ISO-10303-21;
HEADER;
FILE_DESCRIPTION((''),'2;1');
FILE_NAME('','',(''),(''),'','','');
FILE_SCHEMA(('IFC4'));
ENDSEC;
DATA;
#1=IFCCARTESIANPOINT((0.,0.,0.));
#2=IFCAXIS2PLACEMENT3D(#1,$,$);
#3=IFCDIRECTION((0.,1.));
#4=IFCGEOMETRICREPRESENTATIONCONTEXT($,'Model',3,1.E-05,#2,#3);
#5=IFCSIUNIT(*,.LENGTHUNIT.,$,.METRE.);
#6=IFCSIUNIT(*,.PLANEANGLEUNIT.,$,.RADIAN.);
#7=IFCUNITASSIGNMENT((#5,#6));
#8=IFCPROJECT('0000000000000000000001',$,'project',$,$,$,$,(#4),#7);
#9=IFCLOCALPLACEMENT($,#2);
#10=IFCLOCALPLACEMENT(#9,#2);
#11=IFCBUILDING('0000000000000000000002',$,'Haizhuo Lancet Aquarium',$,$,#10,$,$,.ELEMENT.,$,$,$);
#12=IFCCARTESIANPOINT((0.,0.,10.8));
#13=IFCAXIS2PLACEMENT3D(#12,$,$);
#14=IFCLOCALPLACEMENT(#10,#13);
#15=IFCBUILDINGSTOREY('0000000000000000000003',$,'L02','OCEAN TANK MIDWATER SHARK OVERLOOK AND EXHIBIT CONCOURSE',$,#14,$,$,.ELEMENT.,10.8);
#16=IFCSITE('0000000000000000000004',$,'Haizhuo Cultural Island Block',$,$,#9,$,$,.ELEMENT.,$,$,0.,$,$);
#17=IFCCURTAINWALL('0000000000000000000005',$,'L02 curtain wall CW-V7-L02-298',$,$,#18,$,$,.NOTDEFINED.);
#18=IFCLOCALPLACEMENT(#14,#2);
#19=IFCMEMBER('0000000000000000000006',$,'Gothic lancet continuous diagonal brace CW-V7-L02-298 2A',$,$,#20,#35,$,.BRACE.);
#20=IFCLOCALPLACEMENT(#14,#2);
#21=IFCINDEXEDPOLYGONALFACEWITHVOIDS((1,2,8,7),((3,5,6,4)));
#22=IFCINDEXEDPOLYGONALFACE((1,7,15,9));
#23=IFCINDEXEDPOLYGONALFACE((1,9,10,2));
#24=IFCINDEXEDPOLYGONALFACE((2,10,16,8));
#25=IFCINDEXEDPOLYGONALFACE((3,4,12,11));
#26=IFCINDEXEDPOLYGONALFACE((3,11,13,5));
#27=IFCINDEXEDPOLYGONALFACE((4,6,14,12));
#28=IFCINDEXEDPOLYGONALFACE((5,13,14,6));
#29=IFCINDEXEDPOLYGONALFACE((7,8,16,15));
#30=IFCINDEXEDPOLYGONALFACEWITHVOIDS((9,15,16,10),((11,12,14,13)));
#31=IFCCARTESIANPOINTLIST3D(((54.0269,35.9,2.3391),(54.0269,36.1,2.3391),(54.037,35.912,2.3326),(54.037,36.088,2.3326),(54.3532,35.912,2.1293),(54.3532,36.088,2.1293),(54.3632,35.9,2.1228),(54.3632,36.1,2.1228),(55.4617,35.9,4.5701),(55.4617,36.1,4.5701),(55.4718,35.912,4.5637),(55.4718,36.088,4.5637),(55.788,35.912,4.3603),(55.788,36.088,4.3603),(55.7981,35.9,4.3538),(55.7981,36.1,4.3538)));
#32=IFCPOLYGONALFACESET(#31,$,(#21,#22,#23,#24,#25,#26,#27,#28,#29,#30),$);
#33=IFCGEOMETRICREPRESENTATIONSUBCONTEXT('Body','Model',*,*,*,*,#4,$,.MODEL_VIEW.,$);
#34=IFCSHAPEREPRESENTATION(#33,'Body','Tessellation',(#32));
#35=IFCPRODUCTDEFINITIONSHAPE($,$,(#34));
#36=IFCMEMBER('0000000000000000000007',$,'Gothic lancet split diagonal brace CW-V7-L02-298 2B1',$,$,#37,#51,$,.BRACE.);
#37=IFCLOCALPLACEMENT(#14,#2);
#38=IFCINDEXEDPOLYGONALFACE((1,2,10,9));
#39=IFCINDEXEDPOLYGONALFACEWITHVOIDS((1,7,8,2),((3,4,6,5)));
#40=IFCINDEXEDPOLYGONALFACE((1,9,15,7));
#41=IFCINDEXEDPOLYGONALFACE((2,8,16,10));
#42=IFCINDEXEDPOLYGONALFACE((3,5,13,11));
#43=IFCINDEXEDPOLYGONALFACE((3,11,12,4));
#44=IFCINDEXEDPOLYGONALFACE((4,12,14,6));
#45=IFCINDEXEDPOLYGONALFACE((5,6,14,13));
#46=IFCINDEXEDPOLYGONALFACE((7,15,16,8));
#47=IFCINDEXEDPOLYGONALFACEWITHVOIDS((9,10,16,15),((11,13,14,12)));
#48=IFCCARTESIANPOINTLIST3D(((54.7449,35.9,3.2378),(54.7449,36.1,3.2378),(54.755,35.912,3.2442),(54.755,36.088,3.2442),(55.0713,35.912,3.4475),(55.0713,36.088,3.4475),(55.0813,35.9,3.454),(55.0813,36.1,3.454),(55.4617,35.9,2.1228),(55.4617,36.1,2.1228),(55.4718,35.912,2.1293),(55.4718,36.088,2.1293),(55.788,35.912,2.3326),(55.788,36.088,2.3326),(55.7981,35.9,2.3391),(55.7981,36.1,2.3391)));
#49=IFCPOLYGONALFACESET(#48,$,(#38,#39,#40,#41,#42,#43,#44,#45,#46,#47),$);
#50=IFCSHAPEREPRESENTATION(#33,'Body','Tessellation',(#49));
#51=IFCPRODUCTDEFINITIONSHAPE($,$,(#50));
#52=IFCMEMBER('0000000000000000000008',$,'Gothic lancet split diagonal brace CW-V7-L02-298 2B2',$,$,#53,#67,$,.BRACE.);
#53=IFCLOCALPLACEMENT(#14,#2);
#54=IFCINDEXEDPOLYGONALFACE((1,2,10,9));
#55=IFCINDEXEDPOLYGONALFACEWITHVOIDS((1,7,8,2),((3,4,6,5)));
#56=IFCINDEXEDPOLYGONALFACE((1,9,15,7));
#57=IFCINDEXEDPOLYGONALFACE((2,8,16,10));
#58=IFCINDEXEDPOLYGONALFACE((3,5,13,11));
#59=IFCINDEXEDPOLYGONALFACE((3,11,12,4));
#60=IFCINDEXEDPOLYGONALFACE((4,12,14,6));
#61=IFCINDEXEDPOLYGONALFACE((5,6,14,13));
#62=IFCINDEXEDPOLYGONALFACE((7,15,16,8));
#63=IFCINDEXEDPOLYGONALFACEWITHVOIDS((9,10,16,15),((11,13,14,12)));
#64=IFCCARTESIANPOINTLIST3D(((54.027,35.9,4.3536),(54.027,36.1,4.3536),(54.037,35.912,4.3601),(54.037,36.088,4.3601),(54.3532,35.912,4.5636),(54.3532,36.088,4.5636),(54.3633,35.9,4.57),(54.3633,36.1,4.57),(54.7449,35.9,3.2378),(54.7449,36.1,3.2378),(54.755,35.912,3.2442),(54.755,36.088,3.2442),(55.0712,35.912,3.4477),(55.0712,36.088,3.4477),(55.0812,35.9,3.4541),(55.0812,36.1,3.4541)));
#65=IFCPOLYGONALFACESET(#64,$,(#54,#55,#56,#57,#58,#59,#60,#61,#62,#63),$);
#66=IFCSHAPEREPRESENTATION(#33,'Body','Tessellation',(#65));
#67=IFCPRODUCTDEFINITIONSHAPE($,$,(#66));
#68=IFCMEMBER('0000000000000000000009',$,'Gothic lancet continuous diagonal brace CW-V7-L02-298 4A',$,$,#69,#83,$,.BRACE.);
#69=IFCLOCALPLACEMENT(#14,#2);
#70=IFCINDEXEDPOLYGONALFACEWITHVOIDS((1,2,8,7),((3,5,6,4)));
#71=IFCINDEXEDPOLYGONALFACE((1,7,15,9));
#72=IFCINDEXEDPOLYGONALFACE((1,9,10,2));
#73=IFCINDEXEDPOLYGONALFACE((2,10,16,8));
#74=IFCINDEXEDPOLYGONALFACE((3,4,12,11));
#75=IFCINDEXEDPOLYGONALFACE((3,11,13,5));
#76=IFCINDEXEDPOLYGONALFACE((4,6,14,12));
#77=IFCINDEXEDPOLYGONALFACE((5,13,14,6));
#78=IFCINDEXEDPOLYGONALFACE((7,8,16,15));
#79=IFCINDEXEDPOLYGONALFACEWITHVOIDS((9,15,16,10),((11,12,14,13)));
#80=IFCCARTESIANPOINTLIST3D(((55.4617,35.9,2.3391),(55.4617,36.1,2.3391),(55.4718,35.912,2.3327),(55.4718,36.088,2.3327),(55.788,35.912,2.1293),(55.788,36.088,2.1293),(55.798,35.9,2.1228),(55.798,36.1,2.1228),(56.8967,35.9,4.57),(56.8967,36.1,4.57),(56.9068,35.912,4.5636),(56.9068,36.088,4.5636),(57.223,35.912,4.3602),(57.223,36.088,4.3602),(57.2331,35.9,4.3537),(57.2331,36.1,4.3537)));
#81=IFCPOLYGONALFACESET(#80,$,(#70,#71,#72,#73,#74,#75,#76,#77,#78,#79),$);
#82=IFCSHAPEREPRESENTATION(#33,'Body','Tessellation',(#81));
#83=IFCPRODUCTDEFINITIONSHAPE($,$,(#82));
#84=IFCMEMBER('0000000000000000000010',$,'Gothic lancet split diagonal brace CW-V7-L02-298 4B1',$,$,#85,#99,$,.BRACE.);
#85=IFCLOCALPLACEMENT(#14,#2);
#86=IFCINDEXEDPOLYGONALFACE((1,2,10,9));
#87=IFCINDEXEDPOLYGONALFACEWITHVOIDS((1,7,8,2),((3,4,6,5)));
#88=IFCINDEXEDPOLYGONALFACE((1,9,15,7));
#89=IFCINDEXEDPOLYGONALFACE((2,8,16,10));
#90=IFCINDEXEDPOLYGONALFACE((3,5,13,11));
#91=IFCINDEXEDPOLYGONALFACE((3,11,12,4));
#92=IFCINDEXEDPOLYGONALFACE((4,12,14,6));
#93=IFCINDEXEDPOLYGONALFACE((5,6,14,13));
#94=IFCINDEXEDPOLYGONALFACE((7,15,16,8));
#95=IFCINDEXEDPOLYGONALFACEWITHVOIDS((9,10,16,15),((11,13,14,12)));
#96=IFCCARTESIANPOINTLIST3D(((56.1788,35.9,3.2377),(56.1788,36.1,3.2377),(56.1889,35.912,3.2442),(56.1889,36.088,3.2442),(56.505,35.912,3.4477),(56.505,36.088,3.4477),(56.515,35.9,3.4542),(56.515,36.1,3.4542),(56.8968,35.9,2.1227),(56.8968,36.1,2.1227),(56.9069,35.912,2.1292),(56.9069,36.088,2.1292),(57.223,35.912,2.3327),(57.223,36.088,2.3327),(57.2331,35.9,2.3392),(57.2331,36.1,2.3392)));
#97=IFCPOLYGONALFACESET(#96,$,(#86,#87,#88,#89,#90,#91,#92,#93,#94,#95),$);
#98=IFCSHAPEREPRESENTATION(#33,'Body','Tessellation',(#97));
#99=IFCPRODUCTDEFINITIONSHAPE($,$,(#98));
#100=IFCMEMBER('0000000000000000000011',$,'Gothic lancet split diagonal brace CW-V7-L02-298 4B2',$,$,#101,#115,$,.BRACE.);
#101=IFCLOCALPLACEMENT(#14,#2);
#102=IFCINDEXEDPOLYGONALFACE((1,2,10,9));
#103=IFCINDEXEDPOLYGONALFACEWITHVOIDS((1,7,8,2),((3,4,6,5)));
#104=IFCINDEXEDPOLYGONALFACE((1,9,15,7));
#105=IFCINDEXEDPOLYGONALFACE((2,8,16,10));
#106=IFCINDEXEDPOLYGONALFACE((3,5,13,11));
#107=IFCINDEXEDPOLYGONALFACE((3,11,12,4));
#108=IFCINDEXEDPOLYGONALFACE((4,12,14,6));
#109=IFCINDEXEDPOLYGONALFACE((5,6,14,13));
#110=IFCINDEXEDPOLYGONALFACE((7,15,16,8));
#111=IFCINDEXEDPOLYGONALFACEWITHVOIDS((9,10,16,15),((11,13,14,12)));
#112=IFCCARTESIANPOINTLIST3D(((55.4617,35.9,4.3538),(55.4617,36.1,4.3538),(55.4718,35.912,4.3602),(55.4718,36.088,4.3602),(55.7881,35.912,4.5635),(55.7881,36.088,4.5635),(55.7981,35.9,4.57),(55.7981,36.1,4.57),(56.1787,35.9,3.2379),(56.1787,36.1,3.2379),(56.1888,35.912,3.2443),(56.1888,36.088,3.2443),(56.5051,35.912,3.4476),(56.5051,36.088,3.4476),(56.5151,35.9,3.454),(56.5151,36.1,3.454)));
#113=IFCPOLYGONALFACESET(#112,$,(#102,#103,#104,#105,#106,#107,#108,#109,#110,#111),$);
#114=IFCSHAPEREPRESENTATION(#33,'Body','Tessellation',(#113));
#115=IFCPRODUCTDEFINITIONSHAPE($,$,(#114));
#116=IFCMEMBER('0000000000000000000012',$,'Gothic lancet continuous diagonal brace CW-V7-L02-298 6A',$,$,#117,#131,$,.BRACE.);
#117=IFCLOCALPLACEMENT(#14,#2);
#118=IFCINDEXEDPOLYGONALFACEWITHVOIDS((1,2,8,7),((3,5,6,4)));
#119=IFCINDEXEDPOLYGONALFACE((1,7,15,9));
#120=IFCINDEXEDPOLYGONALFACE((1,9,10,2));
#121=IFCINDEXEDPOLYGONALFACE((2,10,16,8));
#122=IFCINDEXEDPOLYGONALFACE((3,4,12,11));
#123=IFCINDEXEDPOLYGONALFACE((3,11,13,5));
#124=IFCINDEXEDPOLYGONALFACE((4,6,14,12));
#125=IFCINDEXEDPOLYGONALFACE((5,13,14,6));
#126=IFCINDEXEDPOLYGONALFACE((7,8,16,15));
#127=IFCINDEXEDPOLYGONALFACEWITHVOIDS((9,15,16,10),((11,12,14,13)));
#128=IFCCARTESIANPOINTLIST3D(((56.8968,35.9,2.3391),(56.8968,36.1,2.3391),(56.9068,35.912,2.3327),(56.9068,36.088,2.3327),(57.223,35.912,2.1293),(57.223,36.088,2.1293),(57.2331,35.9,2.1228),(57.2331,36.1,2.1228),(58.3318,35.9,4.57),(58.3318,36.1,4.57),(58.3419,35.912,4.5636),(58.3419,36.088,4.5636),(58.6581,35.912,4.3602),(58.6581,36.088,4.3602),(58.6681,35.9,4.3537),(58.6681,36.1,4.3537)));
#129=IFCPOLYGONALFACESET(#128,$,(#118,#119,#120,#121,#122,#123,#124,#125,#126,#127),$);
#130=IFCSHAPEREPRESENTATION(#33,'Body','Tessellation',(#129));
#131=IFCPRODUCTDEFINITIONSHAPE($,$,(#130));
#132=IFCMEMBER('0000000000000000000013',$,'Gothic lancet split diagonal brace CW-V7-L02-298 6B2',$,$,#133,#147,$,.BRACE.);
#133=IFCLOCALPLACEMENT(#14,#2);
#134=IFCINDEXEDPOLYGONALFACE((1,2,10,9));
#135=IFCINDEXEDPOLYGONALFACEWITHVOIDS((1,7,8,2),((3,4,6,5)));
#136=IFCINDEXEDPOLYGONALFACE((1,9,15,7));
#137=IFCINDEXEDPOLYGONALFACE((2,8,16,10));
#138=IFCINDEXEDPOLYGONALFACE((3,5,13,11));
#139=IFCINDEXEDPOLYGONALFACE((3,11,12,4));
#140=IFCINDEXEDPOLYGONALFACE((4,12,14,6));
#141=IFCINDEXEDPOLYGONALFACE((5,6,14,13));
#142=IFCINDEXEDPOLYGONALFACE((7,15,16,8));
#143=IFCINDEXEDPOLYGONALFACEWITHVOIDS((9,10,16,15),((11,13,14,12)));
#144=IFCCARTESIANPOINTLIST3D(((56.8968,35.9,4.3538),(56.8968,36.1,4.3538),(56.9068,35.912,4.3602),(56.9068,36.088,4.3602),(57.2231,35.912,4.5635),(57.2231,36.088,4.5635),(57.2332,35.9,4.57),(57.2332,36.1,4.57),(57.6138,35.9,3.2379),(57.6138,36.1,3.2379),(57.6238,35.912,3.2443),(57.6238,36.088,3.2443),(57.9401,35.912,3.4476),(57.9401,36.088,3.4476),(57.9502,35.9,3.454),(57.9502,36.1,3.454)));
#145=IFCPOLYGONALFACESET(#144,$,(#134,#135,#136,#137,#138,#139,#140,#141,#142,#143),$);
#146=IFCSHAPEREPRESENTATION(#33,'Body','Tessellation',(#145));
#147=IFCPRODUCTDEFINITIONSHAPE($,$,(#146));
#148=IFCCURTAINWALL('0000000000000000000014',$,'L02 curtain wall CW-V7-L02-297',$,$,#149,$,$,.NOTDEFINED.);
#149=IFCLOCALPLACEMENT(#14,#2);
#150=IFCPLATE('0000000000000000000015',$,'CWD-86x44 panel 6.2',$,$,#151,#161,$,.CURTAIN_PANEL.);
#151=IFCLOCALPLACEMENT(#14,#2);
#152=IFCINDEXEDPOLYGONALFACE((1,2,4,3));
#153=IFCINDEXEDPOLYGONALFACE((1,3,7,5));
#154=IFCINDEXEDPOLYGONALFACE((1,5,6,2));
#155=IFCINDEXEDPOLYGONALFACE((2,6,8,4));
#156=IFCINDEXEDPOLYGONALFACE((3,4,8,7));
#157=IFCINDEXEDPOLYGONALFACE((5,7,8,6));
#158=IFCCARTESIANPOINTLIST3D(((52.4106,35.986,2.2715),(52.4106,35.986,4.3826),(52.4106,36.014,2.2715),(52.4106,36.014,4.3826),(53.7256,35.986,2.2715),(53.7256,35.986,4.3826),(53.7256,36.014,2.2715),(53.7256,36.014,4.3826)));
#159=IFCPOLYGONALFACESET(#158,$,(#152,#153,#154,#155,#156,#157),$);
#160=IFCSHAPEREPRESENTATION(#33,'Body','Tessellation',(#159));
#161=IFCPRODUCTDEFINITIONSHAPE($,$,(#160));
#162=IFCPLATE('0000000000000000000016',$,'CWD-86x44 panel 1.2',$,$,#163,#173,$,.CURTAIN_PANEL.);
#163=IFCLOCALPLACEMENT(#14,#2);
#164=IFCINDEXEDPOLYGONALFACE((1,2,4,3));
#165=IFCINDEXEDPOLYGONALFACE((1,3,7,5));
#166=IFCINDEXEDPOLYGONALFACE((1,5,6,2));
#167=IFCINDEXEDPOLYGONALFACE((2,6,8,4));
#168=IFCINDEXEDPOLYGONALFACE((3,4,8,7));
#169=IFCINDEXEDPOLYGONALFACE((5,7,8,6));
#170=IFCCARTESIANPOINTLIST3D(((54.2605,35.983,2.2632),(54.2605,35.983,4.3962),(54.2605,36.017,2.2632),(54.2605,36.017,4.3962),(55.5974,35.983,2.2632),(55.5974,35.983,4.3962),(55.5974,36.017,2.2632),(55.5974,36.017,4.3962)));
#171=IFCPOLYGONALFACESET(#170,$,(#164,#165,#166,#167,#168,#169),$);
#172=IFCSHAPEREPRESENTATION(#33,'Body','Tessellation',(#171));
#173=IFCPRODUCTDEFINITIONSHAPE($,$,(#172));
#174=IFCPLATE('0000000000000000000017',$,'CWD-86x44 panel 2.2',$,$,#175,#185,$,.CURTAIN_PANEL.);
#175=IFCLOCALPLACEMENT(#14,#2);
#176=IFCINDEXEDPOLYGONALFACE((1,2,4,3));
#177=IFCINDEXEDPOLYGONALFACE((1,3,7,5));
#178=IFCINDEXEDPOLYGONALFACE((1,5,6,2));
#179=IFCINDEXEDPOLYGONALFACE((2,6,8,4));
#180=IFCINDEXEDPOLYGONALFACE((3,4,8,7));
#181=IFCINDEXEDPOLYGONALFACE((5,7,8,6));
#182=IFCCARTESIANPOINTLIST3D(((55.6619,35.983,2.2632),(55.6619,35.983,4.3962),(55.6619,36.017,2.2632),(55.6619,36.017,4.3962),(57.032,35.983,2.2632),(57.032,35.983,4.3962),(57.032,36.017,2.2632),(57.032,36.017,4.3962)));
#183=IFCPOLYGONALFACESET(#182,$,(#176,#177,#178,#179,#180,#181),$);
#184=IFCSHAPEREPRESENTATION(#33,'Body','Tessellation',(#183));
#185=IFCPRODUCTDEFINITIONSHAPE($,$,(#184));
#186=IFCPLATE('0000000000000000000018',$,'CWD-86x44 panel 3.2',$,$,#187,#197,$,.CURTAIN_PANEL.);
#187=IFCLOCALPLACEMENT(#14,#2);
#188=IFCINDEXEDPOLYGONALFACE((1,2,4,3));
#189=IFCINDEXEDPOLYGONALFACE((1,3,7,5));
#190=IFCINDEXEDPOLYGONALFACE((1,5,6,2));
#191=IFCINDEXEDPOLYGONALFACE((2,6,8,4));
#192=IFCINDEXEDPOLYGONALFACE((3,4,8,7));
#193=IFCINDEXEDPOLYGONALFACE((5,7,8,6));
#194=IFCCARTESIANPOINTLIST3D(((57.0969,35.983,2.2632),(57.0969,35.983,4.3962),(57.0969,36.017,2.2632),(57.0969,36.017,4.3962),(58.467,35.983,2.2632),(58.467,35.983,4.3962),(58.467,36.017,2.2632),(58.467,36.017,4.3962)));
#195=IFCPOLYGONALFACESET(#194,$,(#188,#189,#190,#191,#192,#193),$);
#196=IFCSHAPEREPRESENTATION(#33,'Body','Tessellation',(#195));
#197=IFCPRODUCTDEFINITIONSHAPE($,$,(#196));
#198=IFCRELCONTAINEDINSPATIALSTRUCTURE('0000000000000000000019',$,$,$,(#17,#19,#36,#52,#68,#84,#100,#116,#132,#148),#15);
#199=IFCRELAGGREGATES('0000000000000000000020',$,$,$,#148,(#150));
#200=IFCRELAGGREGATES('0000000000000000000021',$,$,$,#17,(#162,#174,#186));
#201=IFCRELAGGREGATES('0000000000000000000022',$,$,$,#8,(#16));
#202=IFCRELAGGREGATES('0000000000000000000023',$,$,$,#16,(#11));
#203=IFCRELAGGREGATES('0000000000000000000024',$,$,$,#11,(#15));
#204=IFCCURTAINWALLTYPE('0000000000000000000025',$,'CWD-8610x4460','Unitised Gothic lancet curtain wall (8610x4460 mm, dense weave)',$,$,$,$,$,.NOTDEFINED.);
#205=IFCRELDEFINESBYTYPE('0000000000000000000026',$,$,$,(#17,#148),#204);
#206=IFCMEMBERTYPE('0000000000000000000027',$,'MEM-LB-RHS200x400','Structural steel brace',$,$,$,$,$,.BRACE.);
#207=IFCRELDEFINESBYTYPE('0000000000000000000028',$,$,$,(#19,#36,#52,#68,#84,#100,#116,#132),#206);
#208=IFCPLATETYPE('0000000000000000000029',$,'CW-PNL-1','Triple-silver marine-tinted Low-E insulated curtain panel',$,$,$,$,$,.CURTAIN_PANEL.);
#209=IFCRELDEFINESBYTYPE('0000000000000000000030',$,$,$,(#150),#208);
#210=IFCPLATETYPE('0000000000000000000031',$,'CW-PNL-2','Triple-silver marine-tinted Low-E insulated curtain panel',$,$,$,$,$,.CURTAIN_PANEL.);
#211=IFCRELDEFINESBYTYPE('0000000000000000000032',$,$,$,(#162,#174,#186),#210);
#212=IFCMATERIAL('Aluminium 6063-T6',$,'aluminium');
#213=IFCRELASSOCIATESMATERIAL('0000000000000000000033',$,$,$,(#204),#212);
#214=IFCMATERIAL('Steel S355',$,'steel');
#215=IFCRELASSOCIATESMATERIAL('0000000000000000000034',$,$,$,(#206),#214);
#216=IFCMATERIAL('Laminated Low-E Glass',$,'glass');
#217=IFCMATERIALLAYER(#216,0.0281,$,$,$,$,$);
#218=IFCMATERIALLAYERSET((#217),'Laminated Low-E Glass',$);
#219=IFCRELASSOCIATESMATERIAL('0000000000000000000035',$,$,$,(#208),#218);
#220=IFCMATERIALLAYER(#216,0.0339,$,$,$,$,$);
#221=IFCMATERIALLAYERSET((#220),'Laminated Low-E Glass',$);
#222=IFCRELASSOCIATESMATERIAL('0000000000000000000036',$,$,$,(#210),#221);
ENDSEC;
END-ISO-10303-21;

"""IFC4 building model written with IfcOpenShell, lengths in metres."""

from ifc_helpers import new_model, si_unit, direction, frame, origin, origin_2d, place, context, subcontext, project, spatial, rectangle, hollow_rectangle, extrude, material, layer, layer_set, material_profile, profile_set, type_object, element, aggregate, save


model = new_model("IFC4")

# Units and contexts
model_context = context("Model", 3, precision=1e-05, world=origin(), true_north=direction((0.0, 1.0)))
body_context = subcontext(model_context, "Body", "Model", "MODEL_VIEW")
ifc_project = project(units=[si_unit("LENGTHUNIT", "METRE"), si_unit("PLANEANGLEUNIT", "RADIAN")], contexts=[model_context])

# Site, building, storey
site_placement = place(None, origin())
site = spatial("IfcSite", under=ifc_project, at=site_placement, Name="Haizhuo Cultural Island Block", CompositionType="ELEMENT", RefElevation=0.0)
building_placement = place(site_placement, origin())
building = spatial("IfcBuilding", under=site, at=building_placement, Name="Haizhuo Lancet Aquarium", CompositionType="ELEMENT")
storey_placement = place(building_placement, frame((0.0, 0.0, 10.8)))
storey = spatial("IfcBuildingStorey", under=building, at=storey_placement, Name="L02", Description="OCEAN TANK MIDWATER SHARK OVERLOOK AND EXHIBIT CONCOURSE", CompositionType="ELEMENT", Elevation=10.8)

# Shared definitions
ifc_material_1 = material(Name="Steel S355", Category="steel")

# Curtain wall
ifc_material_2 = material(Name="Aluminium 6063-T6", Category="aluminium")
curtain_wall_type = type_object("IfcCurtainWallType", Name="CWD-8610x4460", Description="Unitised Gothic lancet curtain wall (8610x4460 mm, dense weave)", PredefinedType="NOTDEFINED", material=ifc_material_2)
curtain_wall_1_placement = place(storey_placement, origin())
curtain_wall_1 = element("IfcCurtainWall", 1, at=curtain_wall_1_placement, inside=storey, type_object=curtain_wall_type, Name="L02 curtain wall CW-V7-L02-298", PredefinedType="NOTDEFINED")

# Members
ifc_material_profile_1 = material_profile(ifc_material_1, hollow_rectangle(XDim=0.2, YDim=0.3999, WallThickness=0.012, at=origin_2d()), Name="RHS 200x400x12")
ifc_profile_set_1 = profile_set([ifc_material_profile_1], Name="Steel S355")
member_type_1 = type_object("IfcMemberType", Name="MEM-LB-RHS200x400", Description="Structural steel brace", PredefinedType="BRACE", material=ifc_profile_set_1)
member_1_placement = place(storey_placement, frame((54.1951, 36.0, 2.231), z_axis=(0.540925, 0.0, 0.841071), x_axis=(0.0, 1.0, 0.0)))
element("IfcMember", 2, at=member_1_placement, inside=storey, type_object=member_type_1, Name="Gothic lancet continuous diagonal brace CW-V7-L02-298 2A", PredefinedType="BRACE", context=body_context, shape_type="SweptSolid", body=[
    extrude(hollow_rectangle(XDim=0.2, YDim=0.3999, WallThickness=0.012, at=origin_2d()), origin(), (0.0, 0.0, 1.0), 2.6526),
])
member_2_placement = place(storey_placement, frame((55.6299, 36.0, 2.231), z_axis=(-0.540767, 0.0, 0.841172), x_axis=(0.0, -1.0, 0.0)))
element("IfcMember", 3, at=member_2_placement, inside=storey, type_object=member_type_1, Name="Gothic lancet split diagonal brace CW-V7-L02-298 2B1", PredefinedType="BRACE", context=body_context, shape_type="SweptSolid", body=[
    extrude(hollow_rectangle(XDim=0.2, YDim=0.3999, WallThickness=0.012, at=origin_2d()), origin(), (0.0, 0.0, 1.0), 1.3254),
])
member_3_placement = place(storey_placement, frame((54.9131, 36.0, 3.3459), z_axis=(-0.541083, 0.0, 0.840969), x_axis=(0.0, -1.0, 0.0)))
element("IfcMember", 4, at=member_3_placement, inside=storey, type_object=member_type_1, Name="Gothic lancet split diagonal brace CW-V7-L02-298 2B2", PredefinedType="BRACE", context=body_context, shape_type="SweptSolid", body=[
    extrude(hollow_rectangle(XDim=0.2, YDim=0.3999, WallThickness=0.012, at=origin_2d()), origin(), (0.0, 0.0, 1.0), 1.3269),
])
member_4_placement = place(storey_placement, frame((55.6299, 36.0, 2.231), z_axis=(0.54099, 0.0, 0.841029), x_axis=(0.0, 1.0, 0.0)))
element("IfcMember", 5, at=member_4_placement, inside=storey, type_object=member_type_1, Name="Gothic lancet continuous diagonal brace CW-V7-L02-298 4A", PredefinedType="BRACE", context=body_context, shape_type="SweptSolid", body=[
    extrude(hollow_rectangle(XDim=0.2, YDim=0.3999, WallThickness=0.012, at=origin_2d()), origin(), (0.0, 0.0, 1.0), 2.6526),
])
member_5_placement = place(storey_placement, frame((57.0649, 36.0, 2.231), z_axis=(-0.541418, 0.0, 0.840754), x_axis=(0.0, -1.0, 0.0)))
element("IfcMember", 6, at=member_5_placement, inside=storey, type_object=member_type_1, Name="Gothic lancet split diagonal brace CW-V7-L02-298 4B1", PredefinedType="BRACE", context=body_context, shape_type="SweptSolid", body=[
    extrude(hollow_rectangle(XDim=0.2, YDim=0.3999, WallThickness=0.012, at=origin_2d()), origin(), (0.0, 0.0, 1.0), 1.3262),
])
member_6_placement = place(storey_placement, frame((56.3469, 36.0, 3.3459), z_axis=(-0.540562, 0.0, 0.841304), x_axis=(0.0, -1.0, 0.0)))
element("IfcMember", 7, at=member_6_placement, inside=storey, type_object=member_type_1, Name="Gothic lancet split diagonal brace CW-V7-L02-298 4B2", PredefinedType="BRACE", context=body_context, shape_type="SweptSolid", body=[
    extrude(hollow_rectangle(XDim=0.2, YDim=0.3999, WallThickness=0.012, at=origin_2d()), origin(), (0.0, 0.0, 1.0), 1.3264),
])
member_7_placement = place(storey_placement, frame((57.0649, 36.0, 2.231), z_axis=(0.54099, 0.0, 0.841029), x_axis=(0.0, 1.0, 0.0)))
element("IfcMember", 8, at=member_7_placement, inside=storey, type_object=member_type_1, Name="Gothic lancet continuous diagonal brace CW-V7-L02-298 6A", PredefinedType="BRACE", context=body_context, shape_type="SweptSolid", body=[
    extrude(hollow_rectangle(XDim=0.2, YDim=0.3999, WallThickness=0.012, at=origin_2d()), origin(), (0.0, 0.0, 1.0), 2.6526),
])
member_8_placement = place(storey_placement, frame((57.782, 36.0, 3.3459), z_axis=(-0.540562, 0.0, 0.841304), x_axis=(0.0, -1.0, 0.0)))
element("IfcMember", 9, at=member_8_placement, inside=storey, type_object=member_type_1, Name="Gothic lancet split diagonal brace CW-V7-L02-298 6B2", PredefinedType="BRACE", context=body_context, shape_type="SweptSolid", body=[
    extrude(hollow_rectangle(XDim=0.2, YDim=0.3999, WallThickness=0.012, at=origin_2d()), origin(), (0.0, 0.0, 1.0), 1.3264),
])

# Curtain wall, plate
curtain_wall_2_placement = place(storey_placement, origin())
curtain_wall_2 = element("IfcCurtainWall", 10, at=curtain_wall_2_placement, inside=storey, type_object=curtain_wall_type, Name="L02 curtain wall CW-V7-L02-297", PredefinedType="NOTDEFINED")
ifc_material_3 = material(Name="Laminated Low-E Glass", Category="glass")
ifc_layer_1 = layer(ifc_material_3, 0.0281)
ifc_layer_set_1 = layer_set([ifc_layer_1], Name="Laminated Low-E Glass")
plate_type_1 = type_object("IfcPlateType", Name="CW-PNL-1", Description="Triple-silver marine-tinted Low-E insulated curtain panel", PredefinedType="CURTAIN_PANEL", material=ifc_layer_set_1)
plate_1_placement = place(storey_placement, frame((53.0681, 36.0, 2.2715), z_axis=(0.0, 0.0, 1.0), x_axis=(1.0, 0.0, 0.0)))
plate_1 = element("IfcPlate", 11, at=plate_1_placement, type_object=plate_type_1, Name="CWD-86x44 panel 6.2", PredefinedType="CURTAIN_PANEL", context=body_context, shape_type="SweptSolid", body=[
    extrude(rectangle(XDim=1.3149, YDim=0.0281, at=origin_2d()), origin(), (0.0, 0.0, 1.0), 2.1111),
])
aggregate(curtain_wall_2, [plate_1])

# Plates
ifc_layer_2 = layer(ifc_material_3, 0.0339)
ifc_layer_set_2 = layer_set([ifc_layer_2], Name="Laminated Low-E Glass")
plate_type_2 = type_object("IfcPlateType", Name="CW-PNL-2", Description="Triple-silver marine-tinted Low-E insulated curtain panel", PredefinedType="CURTAIN_PANEL", material=ifc_layer_set_2)
plate_2_placement = place(storey_placement, frame((54.929, 36.0, 2.2632), z_axis=(0.0, 0.0, 1.0), x_axis=(1.0, 0.0, 0.0)))
plate_2 = element("IfcPlate", 12, at=plate_2_placement, type_object=plate_type_2, Name="CWD-86x44 panel 1.2", PredefinedType="CURTAIN_PANEL", context=body_context, shape_type="SweptSolid", body=[
    extrude(rectangle(XDim=1.3369, YDim=0.0339, at=origin_2d()), origin(), (0.0, 0.0, 1.0), 2.1331),
])
plate_3_placement = place(storey_placement, frame((56.3469, 36.0, 2.2632), z_axis=(0.0, 0.0, 1.0), x_axis=(1.0, 0.0, 0.0)))
plate_3 = element("IfcPlate", 13, at=plate_3_placement, type_object=plate_type_2, Name="CWD-86x44 panel 2.2", PredefinedType="CURTAIN_PANEL", context=body_context, shape_type="SweptSolid", body=[
    extrude(rectangle(XDim=1.3701, YDim=0.0339, at=origin_2d()), origin(), (0.0, 0.0, 1.0), 2.1331),
])
plate_4_placement = place(storey_placement, frame((57.782, 36.0, 2.2632), z_axis=(0.0, 0.0, 1.0), x_axis=(1.0, 0.0, 0.0)))
plate_4 = element("IfcPlate", 14, at=plate_4_placement, type_object=plate_type_2, Name="CWD-86x44 panel 3.2", PredefinedType="CURTAIN_PANEL", context=body_context, shape_type="SweptSolid", body=[
    extrude(rectangle(XDim=1.3701, YDim=0.0339, at=origin_2d()), origin(), (0.0, 0.0, 1.0), 2.1331),
])
aggregate(curtain_wall_1, [plate_2, plate_3, plate_4])

save(model, "model.ifc")
